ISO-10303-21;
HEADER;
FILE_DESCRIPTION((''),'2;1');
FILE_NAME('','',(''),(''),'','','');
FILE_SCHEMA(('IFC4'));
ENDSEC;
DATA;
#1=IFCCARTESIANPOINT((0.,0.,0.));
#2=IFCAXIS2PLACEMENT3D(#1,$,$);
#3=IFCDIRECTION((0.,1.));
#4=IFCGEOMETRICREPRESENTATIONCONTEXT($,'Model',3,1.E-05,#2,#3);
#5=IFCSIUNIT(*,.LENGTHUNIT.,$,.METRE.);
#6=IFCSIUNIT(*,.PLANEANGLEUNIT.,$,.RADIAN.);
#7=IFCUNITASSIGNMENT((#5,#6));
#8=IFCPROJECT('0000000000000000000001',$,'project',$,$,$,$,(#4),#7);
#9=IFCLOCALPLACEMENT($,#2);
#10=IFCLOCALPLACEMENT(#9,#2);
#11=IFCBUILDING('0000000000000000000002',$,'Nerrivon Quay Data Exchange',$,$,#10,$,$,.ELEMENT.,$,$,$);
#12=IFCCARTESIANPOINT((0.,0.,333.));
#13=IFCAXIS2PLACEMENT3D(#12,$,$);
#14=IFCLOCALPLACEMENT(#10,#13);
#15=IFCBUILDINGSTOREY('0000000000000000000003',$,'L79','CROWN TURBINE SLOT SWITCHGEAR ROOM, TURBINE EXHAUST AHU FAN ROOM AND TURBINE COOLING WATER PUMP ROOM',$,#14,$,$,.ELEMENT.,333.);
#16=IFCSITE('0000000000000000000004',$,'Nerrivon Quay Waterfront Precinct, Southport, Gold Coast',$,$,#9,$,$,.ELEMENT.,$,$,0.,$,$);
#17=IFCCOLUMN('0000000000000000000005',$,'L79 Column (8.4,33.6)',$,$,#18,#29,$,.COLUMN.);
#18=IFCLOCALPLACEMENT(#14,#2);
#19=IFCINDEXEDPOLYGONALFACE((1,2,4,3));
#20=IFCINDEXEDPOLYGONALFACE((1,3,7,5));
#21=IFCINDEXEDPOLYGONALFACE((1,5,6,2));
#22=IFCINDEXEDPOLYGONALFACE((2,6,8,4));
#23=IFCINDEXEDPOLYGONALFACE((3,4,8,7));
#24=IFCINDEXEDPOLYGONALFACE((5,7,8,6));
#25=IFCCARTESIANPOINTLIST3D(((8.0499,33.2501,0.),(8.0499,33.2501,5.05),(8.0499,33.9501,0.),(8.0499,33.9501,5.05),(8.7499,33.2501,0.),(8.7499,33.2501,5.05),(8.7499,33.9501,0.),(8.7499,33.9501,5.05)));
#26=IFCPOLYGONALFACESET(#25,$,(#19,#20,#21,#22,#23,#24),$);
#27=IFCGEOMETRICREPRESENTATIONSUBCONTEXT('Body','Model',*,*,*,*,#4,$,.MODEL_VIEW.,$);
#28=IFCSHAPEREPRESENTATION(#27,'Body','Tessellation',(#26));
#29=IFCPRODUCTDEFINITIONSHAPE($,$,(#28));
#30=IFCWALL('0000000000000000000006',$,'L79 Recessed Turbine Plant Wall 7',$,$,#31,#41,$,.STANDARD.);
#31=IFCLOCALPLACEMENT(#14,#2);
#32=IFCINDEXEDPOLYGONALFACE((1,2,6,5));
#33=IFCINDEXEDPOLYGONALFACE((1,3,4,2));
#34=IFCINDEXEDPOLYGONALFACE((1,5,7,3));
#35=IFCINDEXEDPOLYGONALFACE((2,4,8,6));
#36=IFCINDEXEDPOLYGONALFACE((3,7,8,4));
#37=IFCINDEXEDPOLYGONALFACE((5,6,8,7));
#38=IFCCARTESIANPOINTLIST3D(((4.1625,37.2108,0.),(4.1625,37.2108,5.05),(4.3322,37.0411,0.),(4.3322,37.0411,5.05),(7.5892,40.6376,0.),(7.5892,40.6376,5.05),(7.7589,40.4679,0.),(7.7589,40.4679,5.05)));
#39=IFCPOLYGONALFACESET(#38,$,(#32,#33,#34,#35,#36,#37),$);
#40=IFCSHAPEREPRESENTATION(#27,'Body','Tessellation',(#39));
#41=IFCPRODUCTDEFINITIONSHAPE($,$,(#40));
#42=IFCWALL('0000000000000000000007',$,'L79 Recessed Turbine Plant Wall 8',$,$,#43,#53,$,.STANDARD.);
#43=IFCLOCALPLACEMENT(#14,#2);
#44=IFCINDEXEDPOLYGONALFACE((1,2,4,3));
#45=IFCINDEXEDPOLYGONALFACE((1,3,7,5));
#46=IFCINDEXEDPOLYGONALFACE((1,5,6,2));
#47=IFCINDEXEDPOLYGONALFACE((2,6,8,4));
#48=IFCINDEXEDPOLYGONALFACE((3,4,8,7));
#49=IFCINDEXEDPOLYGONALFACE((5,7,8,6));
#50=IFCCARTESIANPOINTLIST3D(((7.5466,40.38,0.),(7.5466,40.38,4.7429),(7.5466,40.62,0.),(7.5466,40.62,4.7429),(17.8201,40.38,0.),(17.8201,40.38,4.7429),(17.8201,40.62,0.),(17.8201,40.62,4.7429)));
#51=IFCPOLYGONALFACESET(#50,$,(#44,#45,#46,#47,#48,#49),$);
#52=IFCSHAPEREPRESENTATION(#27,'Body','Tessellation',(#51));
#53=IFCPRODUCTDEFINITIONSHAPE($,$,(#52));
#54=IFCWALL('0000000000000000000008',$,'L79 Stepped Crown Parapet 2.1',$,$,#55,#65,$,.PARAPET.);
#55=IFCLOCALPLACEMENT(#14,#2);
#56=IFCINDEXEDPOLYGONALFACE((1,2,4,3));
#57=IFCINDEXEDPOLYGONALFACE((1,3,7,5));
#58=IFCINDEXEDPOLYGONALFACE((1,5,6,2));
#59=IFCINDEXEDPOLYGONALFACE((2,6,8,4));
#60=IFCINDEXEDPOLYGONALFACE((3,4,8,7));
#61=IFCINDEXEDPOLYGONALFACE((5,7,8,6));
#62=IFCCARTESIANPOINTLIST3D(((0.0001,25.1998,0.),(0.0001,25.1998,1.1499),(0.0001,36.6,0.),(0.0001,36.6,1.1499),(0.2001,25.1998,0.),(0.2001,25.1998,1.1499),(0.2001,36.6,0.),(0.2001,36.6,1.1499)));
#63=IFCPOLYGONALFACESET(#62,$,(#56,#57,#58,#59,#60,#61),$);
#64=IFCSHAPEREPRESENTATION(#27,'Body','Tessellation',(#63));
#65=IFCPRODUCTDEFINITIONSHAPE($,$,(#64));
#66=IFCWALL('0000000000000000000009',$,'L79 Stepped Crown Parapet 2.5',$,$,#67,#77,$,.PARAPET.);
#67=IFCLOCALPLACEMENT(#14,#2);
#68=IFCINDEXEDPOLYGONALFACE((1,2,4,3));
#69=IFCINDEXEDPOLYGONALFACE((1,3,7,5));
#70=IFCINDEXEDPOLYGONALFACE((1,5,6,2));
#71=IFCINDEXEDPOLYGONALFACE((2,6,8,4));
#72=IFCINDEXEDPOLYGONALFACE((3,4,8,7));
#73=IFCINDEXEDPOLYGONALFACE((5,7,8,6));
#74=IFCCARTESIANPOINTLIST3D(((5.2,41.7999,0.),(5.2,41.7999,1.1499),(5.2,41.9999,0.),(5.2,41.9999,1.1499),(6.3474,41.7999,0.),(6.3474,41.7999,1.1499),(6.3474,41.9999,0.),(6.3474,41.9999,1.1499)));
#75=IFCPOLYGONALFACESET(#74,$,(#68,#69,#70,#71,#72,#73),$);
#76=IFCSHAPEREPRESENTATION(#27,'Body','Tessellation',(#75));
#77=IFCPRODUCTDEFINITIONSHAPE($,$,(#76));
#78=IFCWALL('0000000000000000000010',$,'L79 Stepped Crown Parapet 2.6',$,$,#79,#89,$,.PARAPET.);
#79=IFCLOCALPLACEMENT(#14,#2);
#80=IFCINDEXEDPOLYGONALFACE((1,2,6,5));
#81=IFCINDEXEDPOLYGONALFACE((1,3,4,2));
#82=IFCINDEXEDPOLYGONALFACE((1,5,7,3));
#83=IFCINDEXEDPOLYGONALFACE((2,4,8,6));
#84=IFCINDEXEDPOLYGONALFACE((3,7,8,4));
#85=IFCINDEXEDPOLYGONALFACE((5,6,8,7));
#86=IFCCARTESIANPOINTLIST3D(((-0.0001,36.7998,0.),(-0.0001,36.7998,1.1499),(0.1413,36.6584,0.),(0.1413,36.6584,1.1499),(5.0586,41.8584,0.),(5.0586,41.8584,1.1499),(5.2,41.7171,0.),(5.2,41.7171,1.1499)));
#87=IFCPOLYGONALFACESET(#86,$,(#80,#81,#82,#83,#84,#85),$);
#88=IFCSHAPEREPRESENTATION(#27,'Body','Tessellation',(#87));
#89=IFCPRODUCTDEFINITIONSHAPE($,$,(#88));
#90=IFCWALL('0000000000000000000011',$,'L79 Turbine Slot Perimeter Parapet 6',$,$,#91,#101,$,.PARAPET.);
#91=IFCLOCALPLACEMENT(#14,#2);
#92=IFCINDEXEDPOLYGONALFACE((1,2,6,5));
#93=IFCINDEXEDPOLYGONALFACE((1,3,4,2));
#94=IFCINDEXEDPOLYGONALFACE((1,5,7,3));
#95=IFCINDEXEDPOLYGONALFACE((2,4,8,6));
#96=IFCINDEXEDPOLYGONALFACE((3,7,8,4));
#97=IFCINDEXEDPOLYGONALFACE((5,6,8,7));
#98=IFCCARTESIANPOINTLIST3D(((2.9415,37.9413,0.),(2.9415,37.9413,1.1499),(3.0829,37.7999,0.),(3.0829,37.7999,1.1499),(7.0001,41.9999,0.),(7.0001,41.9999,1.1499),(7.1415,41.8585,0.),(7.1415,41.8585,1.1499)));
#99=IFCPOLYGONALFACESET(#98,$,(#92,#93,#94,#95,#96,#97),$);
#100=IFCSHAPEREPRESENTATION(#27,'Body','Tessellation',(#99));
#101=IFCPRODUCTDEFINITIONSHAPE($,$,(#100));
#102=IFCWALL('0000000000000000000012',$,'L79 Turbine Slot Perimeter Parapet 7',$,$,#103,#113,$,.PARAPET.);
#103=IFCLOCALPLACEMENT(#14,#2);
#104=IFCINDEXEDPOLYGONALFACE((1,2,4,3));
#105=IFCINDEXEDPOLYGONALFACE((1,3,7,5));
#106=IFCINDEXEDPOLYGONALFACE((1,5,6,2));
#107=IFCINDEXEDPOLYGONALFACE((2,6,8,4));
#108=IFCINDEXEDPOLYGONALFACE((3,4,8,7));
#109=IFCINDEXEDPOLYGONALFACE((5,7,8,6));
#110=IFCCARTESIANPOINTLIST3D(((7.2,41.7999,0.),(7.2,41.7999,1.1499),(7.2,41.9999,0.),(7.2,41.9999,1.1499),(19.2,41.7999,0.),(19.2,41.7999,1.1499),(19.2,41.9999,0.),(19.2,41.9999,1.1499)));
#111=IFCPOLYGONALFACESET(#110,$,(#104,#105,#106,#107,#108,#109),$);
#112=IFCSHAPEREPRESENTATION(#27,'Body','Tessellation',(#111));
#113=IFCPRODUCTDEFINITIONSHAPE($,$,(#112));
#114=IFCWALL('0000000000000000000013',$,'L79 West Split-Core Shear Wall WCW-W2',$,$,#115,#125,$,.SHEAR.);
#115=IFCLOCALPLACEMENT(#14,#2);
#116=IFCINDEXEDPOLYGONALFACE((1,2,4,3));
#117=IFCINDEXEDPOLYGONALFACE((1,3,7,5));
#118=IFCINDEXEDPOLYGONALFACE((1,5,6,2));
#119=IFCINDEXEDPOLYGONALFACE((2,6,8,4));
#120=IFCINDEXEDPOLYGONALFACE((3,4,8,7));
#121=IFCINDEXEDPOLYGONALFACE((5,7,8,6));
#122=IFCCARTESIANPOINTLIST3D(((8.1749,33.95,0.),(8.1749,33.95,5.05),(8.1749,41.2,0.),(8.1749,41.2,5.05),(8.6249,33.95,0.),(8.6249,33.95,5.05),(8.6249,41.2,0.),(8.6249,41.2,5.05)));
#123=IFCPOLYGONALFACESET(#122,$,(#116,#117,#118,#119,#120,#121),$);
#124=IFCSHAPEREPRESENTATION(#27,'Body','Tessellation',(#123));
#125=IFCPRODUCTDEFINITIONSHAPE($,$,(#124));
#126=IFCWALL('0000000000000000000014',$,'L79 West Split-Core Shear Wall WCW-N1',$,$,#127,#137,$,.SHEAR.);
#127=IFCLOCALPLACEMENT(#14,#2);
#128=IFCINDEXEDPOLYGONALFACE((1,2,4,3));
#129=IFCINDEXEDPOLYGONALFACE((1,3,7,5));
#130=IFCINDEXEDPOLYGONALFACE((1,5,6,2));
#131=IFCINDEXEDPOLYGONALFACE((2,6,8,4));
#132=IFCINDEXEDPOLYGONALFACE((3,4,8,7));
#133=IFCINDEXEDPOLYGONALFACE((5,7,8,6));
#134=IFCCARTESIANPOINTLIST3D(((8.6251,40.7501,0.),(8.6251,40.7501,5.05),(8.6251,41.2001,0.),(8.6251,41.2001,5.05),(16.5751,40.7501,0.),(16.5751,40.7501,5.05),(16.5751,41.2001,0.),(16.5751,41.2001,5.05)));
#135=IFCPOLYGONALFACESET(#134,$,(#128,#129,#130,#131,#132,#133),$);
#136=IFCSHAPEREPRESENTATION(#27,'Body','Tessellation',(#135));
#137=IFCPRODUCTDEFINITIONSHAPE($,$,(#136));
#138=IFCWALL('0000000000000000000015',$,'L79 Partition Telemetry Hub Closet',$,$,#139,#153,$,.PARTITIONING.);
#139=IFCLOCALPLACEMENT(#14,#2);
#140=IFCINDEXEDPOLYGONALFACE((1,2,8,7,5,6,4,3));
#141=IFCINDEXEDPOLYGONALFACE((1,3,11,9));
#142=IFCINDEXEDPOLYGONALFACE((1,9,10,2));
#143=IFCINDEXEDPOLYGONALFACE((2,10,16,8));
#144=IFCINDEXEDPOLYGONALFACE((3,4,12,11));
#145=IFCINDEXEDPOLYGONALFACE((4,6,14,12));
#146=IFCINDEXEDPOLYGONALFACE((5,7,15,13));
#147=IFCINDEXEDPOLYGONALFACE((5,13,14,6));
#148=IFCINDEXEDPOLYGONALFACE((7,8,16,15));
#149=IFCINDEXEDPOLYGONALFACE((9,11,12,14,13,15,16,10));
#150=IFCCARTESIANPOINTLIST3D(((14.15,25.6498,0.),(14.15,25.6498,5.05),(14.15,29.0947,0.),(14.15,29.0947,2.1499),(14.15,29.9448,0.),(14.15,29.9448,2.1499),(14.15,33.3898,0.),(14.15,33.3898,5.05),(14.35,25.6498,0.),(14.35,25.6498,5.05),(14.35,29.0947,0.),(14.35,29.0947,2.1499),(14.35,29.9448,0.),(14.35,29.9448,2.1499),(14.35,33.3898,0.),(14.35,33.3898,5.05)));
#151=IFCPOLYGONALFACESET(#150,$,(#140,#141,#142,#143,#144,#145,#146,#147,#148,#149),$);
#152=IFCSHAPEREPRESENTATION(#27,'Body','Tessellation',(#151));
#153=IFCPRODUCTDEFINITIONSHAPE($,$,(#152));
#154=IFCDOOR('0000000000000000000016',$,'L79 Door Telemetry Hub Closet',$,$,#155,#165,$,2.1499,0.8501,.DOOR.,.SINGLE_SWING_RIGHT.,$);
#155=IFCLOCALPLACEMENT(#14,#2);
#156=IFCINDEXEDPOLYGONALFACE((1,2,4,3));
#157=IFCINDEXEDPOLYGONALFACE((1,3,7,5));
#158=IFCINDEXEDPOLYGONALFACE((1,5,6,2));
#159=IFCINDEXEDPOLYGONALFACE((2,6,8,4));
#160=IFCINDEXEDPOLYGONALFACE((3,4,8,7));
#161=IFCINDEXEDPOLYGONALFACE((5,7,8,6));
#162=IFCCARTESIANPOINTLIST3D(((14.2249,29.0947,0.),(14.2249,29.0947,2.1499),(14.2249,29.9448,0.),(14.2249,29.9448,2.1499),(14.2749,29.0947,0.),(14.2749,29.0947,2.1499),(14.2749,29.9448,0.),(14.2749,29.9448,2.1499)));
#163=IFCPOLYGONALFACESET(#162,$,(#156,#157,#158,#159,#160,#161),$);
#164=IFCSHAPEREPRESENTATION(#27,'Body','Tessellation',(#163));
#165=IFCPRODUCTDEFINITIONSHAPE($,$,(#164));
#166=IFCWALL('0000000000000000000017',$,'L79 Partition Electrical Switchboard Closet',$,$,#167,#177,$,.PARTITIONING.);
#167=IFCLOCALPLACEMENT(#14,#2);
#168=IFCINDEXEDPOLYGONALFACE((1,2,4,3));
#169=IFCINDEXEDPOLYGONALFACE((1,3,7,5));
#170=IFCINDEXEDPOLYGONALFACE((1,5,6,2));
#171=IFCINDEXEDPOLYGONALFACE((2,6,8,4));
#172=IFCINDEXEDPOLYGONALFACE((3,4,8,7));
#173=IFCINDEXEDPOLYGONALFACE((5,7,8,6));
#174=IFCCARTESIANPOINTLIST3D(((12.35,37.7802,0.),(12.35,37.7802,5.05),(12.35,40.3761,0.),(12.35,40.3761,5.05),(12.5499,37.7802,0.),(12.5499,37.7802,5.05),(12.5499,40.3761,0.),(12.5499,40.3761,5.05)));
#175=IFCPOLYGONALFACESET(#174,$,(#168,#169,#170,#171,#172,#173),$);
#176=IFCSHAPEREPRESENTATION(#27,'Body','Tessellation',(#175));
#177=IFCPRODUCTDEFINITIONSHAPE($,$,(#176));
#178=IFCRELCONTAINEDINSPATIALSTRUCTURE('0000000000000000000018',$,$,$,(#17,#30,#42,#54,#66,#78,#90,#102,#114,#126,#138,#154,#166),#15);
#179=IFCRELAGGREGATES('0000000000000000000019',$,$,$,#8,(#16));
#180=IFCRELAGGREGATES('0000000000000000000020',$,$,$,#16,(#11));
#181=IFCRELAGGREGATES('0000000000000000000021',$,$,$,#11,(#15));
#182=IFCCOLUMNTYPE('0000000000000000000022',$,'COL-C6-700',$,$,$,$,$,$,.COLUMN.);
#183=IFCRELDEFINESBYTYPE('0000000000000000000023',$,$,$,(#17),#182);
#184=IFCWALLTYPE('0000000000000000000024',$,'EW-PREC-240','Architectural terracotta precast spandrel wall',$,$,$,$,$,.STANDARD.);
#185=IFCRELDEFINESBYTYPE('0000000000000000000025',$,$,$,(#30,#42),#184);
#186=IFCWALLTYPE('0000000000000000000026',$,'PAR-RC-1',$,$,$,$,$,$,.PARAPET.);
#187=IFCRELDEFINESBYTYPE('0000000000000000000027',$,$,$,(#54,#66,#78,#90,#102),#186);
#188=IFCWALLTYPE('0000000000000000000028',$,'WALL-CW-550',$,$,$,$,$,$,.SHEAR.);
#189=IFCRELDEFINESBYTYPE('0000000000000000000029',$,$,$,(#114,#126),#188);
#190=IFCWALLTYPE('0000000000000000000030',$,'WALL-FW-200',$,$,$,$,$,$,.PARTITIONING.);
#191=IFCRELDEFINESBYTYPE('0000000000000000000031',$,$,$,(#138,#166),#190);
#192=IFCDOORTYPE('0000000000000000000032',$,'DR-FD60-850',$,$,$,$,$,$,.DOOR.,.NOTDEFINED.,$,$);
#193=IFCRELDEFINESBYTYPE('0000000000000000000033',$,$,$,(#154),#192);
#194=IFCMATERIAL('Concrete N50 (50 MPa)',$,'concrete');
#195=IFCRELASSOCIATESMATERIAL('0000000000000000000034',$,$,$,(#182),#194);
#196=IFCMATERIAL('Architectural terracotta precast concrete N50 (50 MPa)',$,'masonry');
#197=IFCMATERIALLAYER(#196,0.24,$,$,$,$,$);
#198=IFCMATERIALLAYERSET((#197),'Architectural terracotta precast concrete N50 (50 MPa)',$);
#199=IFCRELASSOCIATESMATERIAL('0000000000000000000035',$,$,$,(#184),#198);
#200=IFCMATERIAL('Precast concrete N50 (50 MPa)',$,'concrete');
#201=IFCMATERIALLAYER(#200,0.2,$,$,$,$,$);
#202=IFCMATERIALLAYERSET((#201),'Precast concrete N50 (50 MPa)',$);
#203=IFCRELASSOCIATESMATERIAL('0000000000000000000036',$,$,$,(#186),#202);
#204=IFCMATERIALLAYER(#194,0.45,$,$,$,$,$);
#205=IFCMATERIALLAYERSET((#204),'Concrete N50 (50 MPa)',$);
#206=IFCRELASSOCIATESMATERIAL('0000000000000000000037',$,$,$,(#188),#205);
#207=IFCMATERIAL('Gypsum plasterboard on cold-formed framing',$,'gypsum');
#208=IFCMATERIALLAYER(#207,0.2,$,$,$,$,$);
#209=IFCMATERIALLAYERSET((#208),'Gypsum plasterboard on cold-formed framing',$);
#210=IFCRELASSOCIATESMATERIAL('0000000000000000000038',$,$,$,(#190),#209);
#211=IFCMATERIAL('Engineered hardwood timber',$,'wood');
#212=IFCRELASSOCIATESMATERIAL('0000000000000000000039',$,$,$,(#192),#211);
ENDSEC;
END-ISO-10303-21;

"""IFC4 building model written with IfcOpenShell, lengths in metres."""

from ifc_helpers import new_model, si_unit, direction, frame, frame_2d, origin, origin_2d, place, context, subcontext, project, spatial, rectangle, extrude, material, layer, layer_set, material_profile, profile_set, type_object, element, fill, save


model = new_model("IFC4")

# Units and contexts
model_context = context("Model", 3, precision=1e-05, world=origin(), true_north=direction((0.0, 1.0)))
body_context = subcontext(model_context, "Body", "Model", "MODEL_VIEW")
ifc_project = project(units=[si_unit("LENGTHUNIT", "METRE"), si_unit("PLANEANGLEUNIT", "RADIAN")], contexts=[model_context])

# Site, building, storey
site_placement = place(None, origin())
site = spatial("IfcSite", under=ifc_project, at=site_placement, Name="Nerrivon Quay Waterfront Precinct, Southport, Gold Coast", CompositionType="ELEMENT", RefElevation=0.0)
building_placement = place(site_placement, origin())
building = spatial("IfcBuilding", under=site, at=building_placement, Name="Nerrivon Quay Data Exchange", CompositionType="ELEMENT")
storey_placement = place(building_placement, frame((0.0, 0.0, 333.0)))
storey = spatial("IfcBuildingStorey", under=building, at=storey_placement, Name="L79", Description="CROWN TURBINE SLOT SWITCHGEAR ROOM, TURBINE EXHAUST AHU FAN ROOM AND TURBINE COOLING WATER PUMP ROOM", CompositionType="ELEMENT", Elevation=333.0)

# Column
ifc_material_1 = material(Name="Concrete N50 (50 MPa)", Category="concrete")
ifc_material_profile = material_profile(ifc_material_1, rectangle(XDim=0.7, YDim=0.7, at=origin_2d()), Name="RC-COL-700x700")
ifc_profile_set = profile_set([ifc_material_profile], Name="Concrete N50 (50 MPa)")
column_type = type_object("IfcColumnType", Name="COL-C6-700", PredefinedType="COLUMN", material=ifc_profile_set)
column_placement = place(storey_placement, frame((8.3999, 33.6001, 0.0), z_axis=(0.0, 0.0, 1.0), x_axis=(1.0, 0.0, 0.0)))
element("IfcColumn", 1, at=column_placement, inside=storey, type_object=column_type, Name="L79 Column (8.4,33.6)", PredefinedType="COLUMN", context=body_context, shape_type="SweptSolid", body=[
    extrude(rectangle(XDim=0.7, YDim=0.7, at=origin_2d()), origin(), (0.0, 0.0, 1.0), 5.05),
])

# Walls
ifc_material_2 = material(Name="Architectural terracotta precast concrete N50 (50 MPa)", Category="masonry")
ifc_layer_1 = layer(ifc_material_2, 0.24)
ifc_layer_set_1 = layer_set([ifc_layer_1], Name="Architectural terracotta precast concrete N50 (50 MPa)")
wall_type_1 = type_object("IfcWallType", Name="EW-PREC-240", Description="Architectural terracotta precast spandrel wall", PredefinedType="STANDARD", material=ifc_layer_set_1)
wall_1_placement = place(storey_placement, frame((4.2473, 37.126, 0.0), z_axis=(0.0, 0.0, 1.0), x_axis=(0.707107, 0.707107, 0.0)))
element("IfcWall", 2, at=wall_1_placement, inside=storey, type_object=wall_type_1, Name="L79 Recessed Turbine Plant Wall 7", PredefinedType="STANDARD", context=body_context, shape_type="SweptSolid", body=[
    extrude(rectangle(XDim=4.8462, YDim=0.24, at=frame_2d((2.4231, 0.0))), origin(), (0.0, 0.0, 1.0), 5.05),
])
wall_2_placement = place(storey_placement, frame((7.5466, 40.5, 0.0), z_axis=(0.0, 0.0, 1.0), x_axis=(1.0, 0.0, 0.0)))
element("IfcWall", 3, at=wall_2_placement, inside=storey, type_object=wall_type_1, Name="L79 Recessed Turbine Plant Wall 8", PredefinedType="STANDARD", context=body_context, shape_type="SweptSolid", body=[
    extrude(rectangle(XDim=10.2734, YDim=0.24, at=frame_2d((5.1367, 0.0))), origin(), (0.0, 0.0, 1.0), 4.7429),
])
ifc_material_3 = material(Name="Precast concrete N50 (50 MPa)", Category="concrete")
ifc_layer_2 = layer(ifc_material_3, 0.2)
ifc_layer_set_2 = layer_set([ifc_layer_2], Name="Precast concrete N50 (50 MPa)")
wall_type_2 = type_object("IfcWallType", Name="PAR-RC-1", PredefinedType="PARAPET", material=ifc_layer_set_2)
wall_3_placement = place(storey_placement, frame((0.1001, 36.6001, 0.0), z_axis=(0.0, 0.0, 1.0), x_axis=(0.0, -1.0, 0.0)))
element("IfcWall", 4, at=wall_3_placement, inside=storey, type_object=wall_type_2, Name="L79 Stepped Crown Parapet 2.1", PredefinedType="PARAPET", context=body_context, shape_type="SweptSolid", body=[
    extrude(rectangle(XDim=11.4001, YDim=0.2, at=frame_2d((5.7002, 0.0))), origin(), (0.0, 0.0, 1.0), 1.1499),
])
wall_4_placement = place(storey_placement, frame((6.3474, 41.8999, 0.0), z_axis=(0.0, 0.0, 1.0), x_axis=(-1.0, 0.0, 0.0)))
element("IfcWall", 5, at=wall_4_placement, inside=storey, type_object=wall_type_2, Name="L79 Stepped Crown Parapet 2.5", PredefinedType="PARAPET", context=body_context, shape_type="SweptSolid", body=[
    extrude(rectangle(XDim=1.1475, YDim=0.2, at=frame_2d((0.5737, 0.0))), origin(), (0.0, 0.0, 1.0), 1.1499),
])
wall_5_placement = place(storey_placement, frame((5.1294, 41.7878, 0.0), z_axis=(0.0, 0.0, 1.0), x_axis=(-0.707107, -0.707107, 0.0)))
element("IfcWall", 6, at=wall_5_placement, inside=storey, type_object=wall_type_2, Name="L79 Stepped Crown Parapet 2.6", PredefinedType="PARAPET", context=body_context, shape_type="SweptSolid", body=[
    extrude(rectangle(XDim=7.1541, YDim=0.2, at=frame_2d((3.5771, 0.0))), origin(), (0.0, 0.0, 1.0), 1.1499),
])
wall_6_placement = place(storey_placement, frame((3.0122, 37.8706, 0.0), z_axis=(0.0, 0.0, 1.0), x_axis=(0.707107, 0.707107, 0.0)))
element("IfcWall", 7, at=wall_6_placement, inside=storey, type_object=wall_type_2, Name="L79 Turbine Slot Perimeter Parapet 6", PredefinedType="PARAPET", context=body_context, shape_type="SweptSolid", body=[
    extrude(rectangle(XDim=5.7397, YDim=0.2, at=frame_2d((2.8699, 0.0))), origin(), (0.0, 0.0, 1.0), 1.1499),
])
wall_7_placement = place(storey_placement, frame((7.2, 41.8999, 0.0), z_axis=(0.0, 0.0, 1.0), x_axis=(1.0, 0.0, 0.0)))
element("IfcWall", 8, at=wall_7_placement, inside=storey, type_object=wall_type_2, Name="L79 Turbine Slot Perimeter Parapet 7", PredefinedType="PARAPET", context=body_context, shape_type="SweptSolid", body=[
    extrude(rectangle(XDim=12.0, YDim=0.2, at=frame_2d((6.0, 0.0))), origin(), (0.0, 0.0, 1.0), 1.1499),
])
ifc_layer_3 = layer(ifc_material_1, 0.45)
ifc_layer_set_3 = layer_set([ifc_layer_3], Name="Concrete N50 (50 MPa)")
wall_type_3 = type_object("IfcWallType", Name="WALL-CW-550", PredefinedType="SHEAR", material=ifc_layer_set_3)
wall_8_placement = place(storey_placement, frame((8.3999, 33.95, 0.0), z_axis=(0.0, 0.0, 1.0), x_axis=(0.0, 1.0, 0.0)))
element("IfcWall", 9, at=wall_8_placement, inside=storey, type_object=wall_type_3, Name="L79 West Split-Core Shear Wall WCW-W2", PredefinedType="SHEAR", context=body_context, shape_type="SweptSolid", body=[
    extrude(rectangle(XDim=7.25, YDim=0.45, at=frame_2d((3.625, 0.0))), origin(), (0.0, 0.0, 1.0), 5.05),
])
wall_9_placement = place(storey_placement, frame((8.625, 40.9751, 0.0), z_axis=(0.0, 0.0, 1.0), x_axis=(1.0, 0.0, 0.0)))
element("IfcWall", 10, at=wall_9_placement, inside=storey, type_object=wall_type_3, Name="L79 West Split-Core Shear Wall WCW-N1", PredefinedType="SHEAR", context=body_context, shape_type="SweptSolid", body=[
    extrude(rectangle(XDim=7.95, YDim=0.45, at=frame_2d((3.9751, 0.0))), origin(), (0.0, 0.0, 1.0), 5.05),
])

# Wall, opening, door
ifc_material_4 = material(Name="Gypsum plasterboard on cold-formed framing", Category="gypsum")
ifc_layer_4 = layer(ifc_material_4, 0.2)
ifc_layer_set_4 = layer_set([ifc_layer_4], Name="Gypsum plasterboard on cold-formed framing")
wall_type_4 = type_object("IfcWallType", Name="WALL-FW-200", PredefinedType="PARTITIONING", material=ifc_layer_set_4)
wall_10_placement = place(storey_placement, frame((14.25, 33.3899, 0.0), z_axis=(0.0, 0.0, 1.0), x_axis=(0.0, -1.0, 0.0)))
wall_10 = element("IfcWall", 11, at=wall_10_placement, inside=storey, type_object=wall_type_4, Name="L79 Partition Telemetry Hub Closet", PredefinedType="PARTITIONING", context=body_context, shape_type="SweptSolid", body=[
    extrude(rectangle(XDim=7.74, YDim=0.2, at=frame_2d((3.8701, 0.0))), origin(), (0.0, 0.0, 1.0), 5.05),
])
opening_1_placement = place(wall_10_placement, frame((3.4451, 0.0, 0.0)))
opening_1 = element("IfcOpeningElement", 12, at=opening_1_placement, cuts=wall_10, PredefinedType="OPENING", context=body_context, shape_type="SweptSolid", body=[
    extrude(rectangle(XDim=0.8501, YDim=2.1499, at=frame_2d((0.425, 1.075))), frame((0.0, 0.1099, 0.0), z_axis=(0.0, -1.0, 0.0), x_axis=(1.0, 0.0, 0.0)), (0.0, 0.0, 1.0), 0.22),
])
ifc_material_5 = material(Name="Engineered hardwood timber", Category="wood")
door_type_1 = type_object("IfcDoorType", Name="DR-FD60-850", OperationType="NOTDEFINED", PredefinedType="DOOR", material=ifc_material_5)
door_1_placement = place(opening_1_placement, origin())
door_1 = element("IfcDoor", 13, at=door_1_placement, inside=storey, type_object=door_type_1, Name="L79 Door Telemetry Hub Closet", OperationType="SINGLE_SWING_RIGHT", OverallHeight=2.1499, OverallWidth=0.8501, PredefinedType="DOOR", context=body_context, shape_type="SweptSolid", body=[
    extrude(rectangle(XDim=0.8501, YDim=2.1499, at=frame_2d((0.425, 1.075))), frame((0.0, 0.0249, 0.0), z_axis=(0.0, -1.0, 0.0), x_axis=(1.0, 0.0, 0.0)), (0.0, 0.0, 1.0), 0.05),
])
fill(opening_1, door_1)

# Wall
wall_11_placement = place(storey_placement, frame((12.45, 40.376, 0.0), z_axis=(0.0, 0.0, 1.0), x_axis=(0.0, -1.0, 0.0)))
element("IfcWall", 14, at=wall_11_placement, inside=storey, type_object=wall_type_4, Name="L79 Partition Electrical Switchboard Closet", PredefinedType="PARTITIONING", context=body_context, shape_type="SweptSolid", body=[
    extrude(rectangle(XDim=2.5959, YDim=0.2, at=frame_2d((1.2979, 0.0))), origin(), (0.0, 0.0, 1.0), 5.05),
])

save(model, "model.ifc")
